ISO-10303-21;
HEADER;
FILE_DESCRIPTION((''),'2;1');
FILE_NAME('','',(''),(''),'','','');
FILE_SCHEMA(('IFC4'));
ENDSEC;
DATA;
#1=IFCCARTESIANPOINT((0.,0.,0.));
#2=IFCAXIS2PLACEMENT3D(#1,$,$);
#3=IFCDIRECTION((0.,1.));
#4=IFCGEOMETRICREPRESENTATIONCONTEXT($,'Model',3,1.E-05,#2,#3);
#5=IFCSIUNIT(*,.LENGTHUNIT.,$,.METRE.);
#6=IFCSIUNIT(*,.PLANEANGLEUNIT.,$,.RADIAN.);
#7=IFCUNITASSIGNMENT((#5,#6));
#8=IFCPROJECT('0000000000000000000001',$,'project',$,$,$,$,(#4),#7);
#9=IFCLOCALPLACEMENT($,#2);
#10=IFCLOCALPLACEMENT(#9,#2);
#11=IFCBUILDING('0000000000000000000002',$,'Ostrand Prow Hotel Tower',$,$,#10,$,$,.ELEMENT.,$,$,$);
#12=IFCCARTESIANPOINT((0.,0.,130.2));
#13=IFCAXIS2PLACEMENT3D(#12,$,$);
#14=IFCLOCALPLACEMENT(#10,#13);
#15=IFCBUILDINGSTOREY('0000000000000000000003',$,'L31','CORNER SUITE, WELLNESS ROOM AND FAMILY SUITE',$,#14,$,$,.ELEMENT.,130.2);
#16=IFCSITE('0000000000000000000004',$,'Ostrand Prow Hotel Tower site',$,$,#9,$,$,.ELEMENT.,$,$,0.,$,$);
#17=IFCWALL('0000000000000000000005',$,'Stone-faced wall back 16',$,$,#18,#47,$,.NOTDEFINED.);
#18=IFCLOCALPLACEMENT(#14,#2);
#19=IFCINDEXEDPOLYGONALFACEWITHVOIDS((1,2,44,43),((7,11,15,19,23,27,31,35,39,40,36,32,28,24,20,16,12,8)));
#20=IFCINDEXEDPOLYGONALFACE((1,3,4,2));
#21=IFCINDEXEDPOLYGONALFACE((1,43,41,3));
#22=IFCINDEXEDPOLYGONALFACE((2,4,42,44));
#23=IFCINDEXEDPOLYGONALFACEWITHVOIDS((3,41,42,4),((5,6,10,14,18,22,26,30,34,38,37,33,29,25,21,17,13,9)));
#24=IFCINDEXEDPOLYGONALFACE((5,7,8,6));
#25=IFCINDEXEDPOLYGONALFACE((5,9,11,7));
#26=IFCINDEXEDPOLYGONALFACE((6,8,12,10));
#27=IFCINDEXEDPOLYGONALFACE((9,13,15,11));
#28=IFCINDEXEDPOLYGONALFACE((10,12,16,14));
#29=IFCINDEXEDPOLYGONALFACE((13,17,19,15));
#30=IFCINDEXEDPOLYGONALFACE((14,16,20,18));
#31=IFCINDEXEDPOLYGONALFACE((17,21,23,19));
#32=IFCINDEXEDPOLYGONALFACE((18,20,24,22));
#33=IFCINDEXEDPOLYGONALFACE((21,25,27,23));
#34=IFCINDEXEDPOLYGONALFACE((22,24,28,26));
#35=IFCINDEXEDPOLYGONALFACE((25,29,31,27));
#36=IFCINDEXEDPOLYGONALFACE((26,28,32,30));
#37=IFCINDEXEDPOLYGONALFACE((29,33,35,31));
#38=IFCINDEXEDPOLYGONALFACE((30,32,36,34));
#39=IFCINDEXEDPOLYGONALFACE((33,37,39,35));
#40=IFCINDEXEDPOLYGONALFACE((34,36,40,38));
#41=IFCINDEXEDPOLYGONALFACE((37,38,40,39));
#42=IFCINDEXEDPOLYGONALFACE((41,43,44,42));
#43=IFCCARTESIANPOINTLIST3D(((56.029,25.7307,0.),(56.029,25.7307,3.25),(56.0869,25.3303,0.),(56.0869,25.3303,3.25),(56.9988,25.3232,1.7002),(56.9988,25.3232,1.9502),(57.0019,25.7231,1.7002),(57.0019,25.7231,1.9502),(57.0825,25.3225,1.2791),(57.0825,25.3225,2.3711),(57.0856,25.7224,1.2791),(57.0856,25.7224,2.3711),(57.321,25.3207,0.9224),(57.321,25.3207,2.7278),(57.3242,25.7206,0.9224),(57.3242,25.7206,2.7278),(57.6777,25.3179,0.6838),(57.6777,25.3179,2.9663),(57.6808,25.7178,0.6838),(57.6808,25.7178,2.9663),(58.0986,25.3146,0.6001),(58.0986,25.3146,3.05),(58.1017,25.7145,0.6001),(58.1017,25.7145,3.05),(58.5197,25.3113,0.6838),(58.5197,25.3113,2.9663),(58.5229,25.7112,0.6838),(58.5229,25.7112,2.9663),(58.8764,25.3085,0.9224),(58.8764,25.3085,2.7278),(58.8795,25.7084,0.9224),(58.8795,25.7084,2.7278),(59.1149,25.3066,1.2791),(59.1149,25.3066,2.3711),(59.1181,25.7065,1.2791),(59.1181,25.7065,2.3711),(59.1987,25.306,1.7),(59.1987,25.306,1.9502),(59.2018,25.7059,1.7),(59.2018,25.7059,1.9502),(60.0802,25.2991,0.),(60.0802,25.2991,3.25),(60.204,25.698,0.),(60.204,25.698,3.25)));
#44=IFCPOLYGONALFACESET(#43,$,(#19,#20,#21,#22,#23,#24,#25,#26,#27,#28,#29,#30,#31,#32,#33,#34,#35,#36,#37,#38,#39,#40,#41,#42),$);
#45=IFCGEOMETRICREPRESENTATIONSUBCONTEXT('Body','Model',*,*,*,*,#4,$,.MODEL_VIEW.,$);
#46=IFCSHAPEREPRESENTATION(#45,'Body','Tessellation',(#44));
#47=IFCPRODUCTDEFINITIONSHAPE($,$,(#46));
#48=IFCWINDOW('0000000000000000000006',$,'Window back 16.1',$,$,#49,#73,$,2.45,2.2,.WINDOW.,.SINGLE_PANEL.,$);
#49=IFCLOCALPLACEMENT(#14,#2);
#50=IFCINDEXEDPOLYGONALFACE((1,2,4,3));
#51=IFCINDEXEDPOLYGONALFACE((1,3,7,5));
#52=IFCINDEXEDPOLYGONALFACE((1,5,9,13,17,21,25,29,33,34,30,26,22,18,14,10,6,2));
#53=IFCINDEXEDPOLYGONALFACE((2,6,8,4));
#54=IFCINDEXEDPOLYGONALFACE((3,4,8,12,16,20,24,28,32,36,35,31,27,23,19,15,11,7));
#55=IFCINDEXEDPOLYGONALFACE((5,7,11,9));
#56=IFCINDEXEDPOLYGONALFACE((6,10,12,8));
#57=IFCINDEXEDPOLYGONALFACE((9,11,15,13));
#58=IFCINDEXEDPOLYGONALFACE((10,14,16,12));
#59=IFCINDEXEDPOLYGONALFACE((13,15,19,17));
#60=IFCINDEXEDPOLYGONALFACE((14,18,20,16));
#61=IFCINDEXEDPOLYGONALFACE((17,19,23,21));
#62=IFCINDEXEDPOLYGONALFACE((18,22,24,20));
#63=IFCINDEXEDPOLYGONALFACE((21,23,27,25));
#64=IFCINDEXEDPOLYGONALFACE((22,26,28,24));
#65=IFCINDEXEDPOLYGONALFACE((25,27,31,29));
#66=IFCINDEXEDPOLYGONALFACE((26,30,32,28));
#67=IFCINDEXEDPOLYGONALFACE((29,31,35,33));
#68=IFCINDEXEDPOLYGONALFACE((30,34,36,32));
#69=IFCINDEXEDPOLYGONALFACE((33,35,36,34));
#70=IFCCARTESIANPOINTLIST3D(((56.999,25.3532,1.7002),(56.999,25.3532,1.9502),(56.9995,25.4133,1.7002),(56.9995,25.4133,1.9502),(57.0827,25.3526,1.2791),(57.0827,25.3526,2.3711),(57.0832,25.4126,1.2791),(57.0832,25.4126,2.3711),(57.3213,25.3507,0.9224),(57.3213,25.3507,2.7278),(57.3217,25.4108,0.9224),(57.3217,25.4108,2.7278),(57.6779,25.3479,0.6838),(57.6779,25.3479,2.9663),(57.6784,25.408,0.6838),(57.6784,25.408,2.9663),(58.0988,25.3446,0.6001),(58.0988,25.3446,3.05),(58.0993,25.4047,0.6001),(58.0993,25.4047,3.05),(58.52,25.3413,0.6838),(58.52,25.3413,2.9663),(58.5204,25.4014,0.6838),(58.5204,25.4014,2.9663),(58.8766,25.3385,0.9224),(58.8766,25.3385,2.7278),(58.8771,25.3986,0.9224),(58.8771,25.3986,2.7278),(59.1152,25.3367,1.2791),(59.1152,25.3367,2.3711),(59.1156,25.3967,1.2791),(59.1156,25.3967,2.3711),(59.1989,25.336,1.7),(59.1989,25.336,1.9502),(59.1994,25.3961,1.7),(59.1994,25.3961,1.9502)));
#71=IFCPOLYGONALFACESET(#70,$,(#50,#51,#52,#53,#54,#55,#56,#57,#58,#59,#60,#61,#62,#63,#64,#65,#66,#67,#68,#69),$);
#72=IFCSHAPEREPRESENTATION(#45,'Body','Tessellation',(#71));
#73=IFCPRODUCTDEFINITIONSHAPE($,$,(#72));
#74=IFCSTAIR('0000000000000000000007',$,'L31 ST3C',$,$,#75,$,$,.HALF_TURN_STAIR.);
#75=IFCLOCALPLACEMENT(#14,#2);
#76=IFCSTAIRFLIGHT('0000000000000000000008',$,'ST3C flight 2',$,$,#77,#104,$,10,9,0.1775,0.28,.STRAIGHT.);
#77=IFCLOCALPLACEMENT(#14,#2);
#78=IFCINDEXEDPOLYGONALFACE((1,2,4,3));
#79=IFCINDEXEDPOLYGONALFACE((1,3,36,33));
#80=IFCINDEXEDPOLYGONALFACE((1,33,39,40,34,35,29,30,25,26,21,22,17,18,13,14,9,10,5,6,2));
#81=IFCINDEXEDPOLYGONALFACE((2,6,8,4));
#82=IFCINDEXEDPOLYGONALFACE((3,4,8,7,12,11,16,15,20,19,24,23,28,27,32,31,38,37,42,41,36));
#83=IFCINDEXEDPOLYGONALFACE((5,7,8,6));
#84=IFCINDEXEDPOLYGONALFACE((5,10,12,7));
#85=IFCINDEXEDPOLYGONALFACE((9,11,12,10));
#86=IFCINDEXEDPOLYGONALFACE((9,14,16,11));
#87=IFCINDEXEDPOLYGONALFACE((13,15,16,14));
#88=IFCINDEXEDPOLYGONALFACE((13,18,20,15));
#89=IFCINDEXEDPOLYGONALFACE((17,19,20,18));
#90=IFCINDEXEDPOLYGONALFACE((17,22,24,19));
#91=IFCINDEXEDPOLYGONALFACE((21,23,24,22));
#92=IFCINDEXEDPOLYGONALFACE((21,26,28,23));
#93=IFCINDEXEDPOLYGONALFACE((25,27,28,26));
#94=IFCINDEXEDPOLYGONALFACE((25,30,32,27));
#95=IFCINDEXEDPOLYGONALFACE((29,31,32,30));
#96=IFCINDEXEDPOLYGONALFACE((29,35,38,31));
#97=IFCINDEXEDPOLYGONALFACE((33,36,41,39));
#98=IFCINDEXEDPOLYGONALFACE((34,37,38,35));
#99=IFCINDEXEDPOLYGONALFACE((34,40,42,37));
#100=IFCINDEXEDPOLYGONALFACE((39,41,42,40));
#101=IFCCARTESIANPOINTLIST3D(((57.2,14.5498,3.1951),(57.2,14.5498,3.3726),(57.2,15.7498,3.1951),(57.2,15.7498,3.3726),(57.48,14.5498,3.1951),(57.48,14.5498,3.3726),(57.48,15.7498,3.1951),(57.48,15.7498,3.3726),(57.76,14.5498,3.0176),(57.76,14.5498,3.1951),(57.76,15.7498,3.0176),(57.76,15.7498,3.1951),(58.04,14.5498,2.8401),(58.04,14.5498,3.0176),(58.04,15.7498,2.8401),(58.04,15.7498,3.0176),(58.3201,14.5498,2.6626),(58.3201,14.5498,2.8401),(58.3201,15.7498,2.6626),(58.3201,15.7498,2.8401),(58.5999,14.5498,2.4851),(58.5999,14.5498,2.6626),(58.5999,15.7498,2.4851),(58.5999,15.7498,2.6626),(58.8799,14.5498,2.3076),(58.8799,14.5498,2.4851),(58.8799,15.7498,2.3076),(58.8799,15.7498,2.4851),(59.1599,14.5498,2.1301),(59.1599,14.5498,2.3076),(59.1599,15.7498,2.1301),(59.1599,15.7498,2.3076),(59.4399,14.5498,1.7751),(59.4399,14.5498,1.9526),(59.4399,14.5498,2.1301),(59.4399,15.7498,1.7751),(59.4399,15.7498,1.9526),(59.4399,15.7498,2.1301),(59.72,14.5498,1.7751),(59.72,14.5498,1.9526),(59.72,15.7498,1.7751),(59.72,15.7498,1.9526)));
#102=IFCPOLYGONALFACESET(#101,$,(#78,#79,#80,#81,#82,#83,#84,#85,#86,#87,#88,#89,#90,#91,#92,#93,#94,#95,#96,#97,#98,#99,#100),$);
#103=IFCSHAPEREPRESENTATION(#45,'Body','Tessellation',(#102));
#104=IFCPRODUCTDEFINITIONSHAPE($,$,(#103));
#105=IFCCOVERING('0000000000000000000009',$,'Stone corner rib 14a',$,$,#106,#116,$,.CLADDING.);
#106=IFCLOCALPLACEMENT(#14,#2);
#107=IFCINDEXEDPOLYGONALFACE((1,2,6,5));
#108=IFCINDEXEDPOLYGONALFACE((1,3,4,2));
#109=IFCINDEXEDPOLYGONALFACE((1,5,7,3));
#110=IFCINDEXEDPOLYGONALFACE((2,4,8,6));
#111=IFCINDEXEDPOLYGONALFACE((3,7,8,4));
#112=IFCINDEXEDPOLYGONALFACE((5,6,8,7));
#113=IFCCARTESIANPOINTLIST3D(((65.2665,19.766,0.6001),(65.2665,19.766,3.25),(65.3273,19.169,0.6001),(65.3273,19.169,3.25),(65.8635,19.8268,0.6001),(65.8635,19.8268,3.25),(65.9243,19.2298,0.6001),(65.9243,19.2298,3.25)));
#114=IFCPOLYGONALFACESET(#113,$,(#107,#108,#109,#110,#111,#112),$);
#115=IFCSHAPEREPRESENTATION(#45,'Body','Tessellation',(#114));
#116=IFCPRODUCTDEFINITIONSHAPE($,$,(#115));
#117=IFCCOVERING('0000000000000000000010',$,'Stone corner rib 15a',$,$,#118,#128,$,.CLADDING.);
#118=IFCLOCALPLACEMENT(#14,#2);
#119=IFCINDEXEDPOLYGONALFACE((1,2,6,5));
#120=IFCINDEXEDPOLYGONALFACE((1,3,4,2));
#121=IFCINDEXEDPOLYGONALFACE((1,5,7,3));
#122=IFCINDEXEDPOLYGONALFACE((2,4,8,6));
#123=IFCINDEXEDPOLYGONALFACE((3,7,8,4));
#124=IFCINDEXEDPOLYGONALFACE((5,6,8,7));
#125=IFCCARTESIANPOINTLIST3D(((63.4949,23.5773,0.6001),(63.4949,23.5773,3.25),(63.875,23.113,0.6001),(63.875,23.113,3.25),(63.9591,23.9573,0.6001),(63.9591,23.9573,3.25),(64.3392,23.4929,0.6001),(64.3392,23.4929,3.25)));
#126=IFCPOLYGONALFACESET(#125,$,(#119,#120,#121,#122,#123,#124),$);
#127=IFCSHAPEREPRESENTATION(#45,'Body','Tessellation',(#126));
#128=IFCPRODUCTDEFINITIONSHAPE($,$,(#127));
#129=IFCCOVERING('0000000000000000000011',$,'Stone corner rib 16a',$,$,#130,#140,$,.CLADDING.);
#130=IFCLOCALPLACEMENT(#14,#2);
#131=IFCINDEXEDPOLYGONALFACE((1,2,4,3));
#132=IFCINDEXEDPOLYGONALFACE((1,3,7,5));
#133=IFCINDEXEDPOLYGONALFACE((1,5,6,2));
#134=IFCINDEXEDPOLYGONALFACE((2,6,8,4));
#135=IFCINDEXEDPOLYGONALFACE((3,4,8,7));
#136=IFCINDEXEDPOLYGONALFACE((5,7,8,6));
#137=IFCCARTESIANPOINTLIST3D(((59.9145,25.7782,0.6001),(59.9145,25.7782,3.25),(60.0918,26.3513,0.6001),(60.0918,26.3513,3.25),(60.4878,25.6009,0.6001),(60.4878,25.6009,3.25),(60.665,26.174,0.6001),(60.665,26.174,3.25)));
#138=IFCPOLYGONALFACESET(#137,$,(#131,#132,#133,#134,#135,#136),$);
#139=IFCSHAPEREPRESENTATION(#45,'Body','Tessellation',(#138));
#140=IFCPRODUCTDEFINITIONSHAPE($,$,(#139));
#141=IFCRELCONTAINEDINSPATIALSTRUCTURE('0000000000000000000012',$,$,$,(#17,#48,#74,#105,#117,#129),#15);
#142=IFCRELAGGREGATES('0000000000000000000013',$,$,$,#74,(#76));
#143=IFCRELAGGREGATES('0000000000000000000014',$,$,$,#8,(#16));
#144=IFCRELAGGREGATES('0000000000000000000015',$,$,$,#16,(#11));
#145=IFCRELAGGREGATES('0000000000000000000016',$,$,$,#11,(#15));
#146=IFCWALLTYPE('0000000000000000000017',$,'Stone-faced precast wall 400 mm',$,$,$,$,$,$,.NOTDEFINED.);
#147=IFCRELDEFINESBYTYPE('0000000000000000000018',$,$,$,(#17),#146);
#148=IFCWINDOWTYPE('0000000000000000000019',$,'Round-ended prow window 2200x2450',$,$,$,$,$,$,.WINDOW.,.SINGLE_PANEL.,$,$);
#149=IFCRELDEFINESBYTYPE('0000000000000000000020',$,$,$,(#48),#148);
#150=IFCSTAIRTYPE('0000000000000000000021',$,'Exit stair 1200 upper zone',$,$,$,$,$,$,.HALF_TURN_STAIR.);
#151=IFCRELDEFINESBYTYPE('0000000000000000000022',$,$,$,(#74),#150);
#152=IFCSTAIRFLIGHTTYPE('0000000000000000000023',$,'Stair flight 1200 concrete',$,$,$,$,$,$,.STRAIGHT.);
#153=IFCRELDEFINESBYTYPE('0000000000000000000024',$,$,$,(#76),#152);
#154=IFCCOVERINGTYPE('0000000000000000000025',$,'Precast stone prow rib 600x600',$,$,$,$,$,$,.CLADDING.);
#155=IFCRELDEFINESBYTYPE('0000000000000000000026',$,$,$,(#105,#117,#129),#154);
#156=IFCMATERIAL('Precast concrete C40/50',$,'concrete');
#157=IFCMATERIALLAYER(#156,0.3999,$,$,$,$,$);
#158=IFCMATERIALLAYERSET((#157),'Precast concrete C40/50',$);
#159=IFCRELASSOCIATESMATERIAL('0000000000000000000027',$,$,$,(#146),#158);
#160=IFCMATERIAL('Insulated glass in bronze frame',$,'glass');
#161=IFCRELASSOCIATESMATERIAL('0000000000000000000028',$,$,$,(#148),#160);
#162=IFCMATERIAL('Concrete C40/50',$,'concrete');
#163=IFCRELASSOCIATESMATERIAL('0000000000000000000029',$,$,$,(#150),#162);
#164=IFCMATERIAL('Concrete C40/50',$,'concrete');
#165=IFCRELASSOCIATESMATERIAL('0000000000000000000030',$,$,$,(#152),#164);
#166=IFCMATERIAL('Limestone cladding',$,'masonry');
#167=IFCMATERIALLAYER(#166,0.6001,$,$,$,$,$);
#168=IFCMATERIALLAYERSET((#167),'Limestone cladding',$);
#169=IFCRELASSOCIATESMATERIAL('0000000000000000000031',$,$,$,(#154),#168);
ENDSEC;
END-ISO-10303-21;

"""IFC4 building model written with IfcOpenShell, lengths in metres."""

from ifc_helpers import new_model, si_unit, direction, frame, frame_2d, origin, place, context, subcontext, project, spatial, polyline, rectangle, outline, extrude, material, layer, layer_set, type_object, element, fill, aggregate, save


model = new_model("IFC4")

# Units and contexts
model_context = context("Model", 3, precision=1e-05, world=origin(), true_north=direction((0.0, 1.0)))
body_context = subcontext(model_context, "Body", "Model", "MODEL_VIEW")
ifc_project = project(units=[si_unit("LENGTHUNIT", "METRE"), si_unit("PLANEANGLEUNIT", "RADIAN")], contexts=[model_context])

# Site, building, storey
site_placement = place(None, origin())
site = spatial("IfcSite", under=ifc_project, at=site_placement, Name="Ostrand Prow Hotel Tower site", CompositionType="ELEMENT", RefElevation=0.0)
building_placement = place(site_placement, origin())
building = spatial("IfcBuilding", under=site, at=building_placement, Name="Ostrand Prow Hotel Tower", CompositionType="ELEMENT")
storey_placement = place(building_placement, frame((0.0, 0.0, 130.2)))
storey = spatial("IfcBuildingStorey", under=building, at=storey_placement, Name="L31", Description="CORNER SUITE, WELLNESS ROOM AND FAMILY SUITE", CompositionType="ELEMENT", Elevation=130.2)

# Shared definitions
ifc_material_1 = material(Name="Precast concrete C40/50", Category="concrete")
ifc_layer_1 = layer(ifc_material_1, 0.3999)
ifc_layer_set_1 = layer_set([ifc_layer_1], Name="Precast concrete C40/50")
wall_type_1 = type_object("IfcWallType", Name="Stone-faced precast wall 400 mm", PredefinedType="NOTDEFINED", material=ifc_layer_set_1)

# Wall, opening, window
ifc_material_2 = material(Name="Insulated glass in bronze frame", Category="glass")
window_type = type_object("IfcWindowType", Name="Round-ended prow window 2200x2450", PartitioningType="SINGLE_PANEL", PredefinedType="WINDOW", material=ifc_material_2)
wall_1_placement = place(storey_placement, frame((60.1421, 25.4985, 0.0), z_axis=(0.0, 0.0, 1.0), x_axis=(-0.999969, 0.007831, 0.0)))
wall_1 = element("IfcWall", 1, at=wall_1_placement, inside=storey, type_object=wall_type_1, Name="Stone-faced wall back 16", PredefinedType="NOTDEFINED", context=body_context, shape_type="SweptSolid", body=[
    extrude(outline(polyline([(-0.0603, -0.2), (4.1147, -0.2), (4.0537, 0.2), (0.0603, 0.2), (-0.0603, -0.2)])), origin(), (0.0, 0.0, 1.0), 3.25),
])
opening_1_placement = place(wall_1_placement, frame((0.9419, 0.0, 0.6001)))
opening_1 = element("IfcOpeningElement", 2, at=opening_1_placement, cuts=wall_1, PredefinedType="OPENING", context=body_context, shape_type="SweptSolid", body=[
    extrude(outline(polyline([(0.0, 1.3501), (0.0837, 1.771), (0.3223, 2.1277), (0.679, 2.3662), (1.1001, 2.45), (1.521, 2.3662), (1.8777, 2.1277), (2.1162, 1.771), (2.2, 1.3501), (2.2, 1.1001), (2.1162, 0.679), (1.8777, 0.3223), (1.521, 0.0837), (1.1001, 0.0), (0.679, 0.0837), (0.3223, 0.3223), (0.0837, 0.679), (0.0, 1.0999), (0.0, 1.3501)])), frame((0.0, 0.21, 0.0), z_axis=(0.0, -1.0, 0.0), x_axis=(1.0, 0.0, 0.0)), (0.0, 0.0, 1.0), 0.4199),
])
window_1_placement = place(opening_1_placement, origin())
window_1 = element("IfcWindow", 3, at=window_1_placement, inside=storey, type_object=window_type, Name="Window back 16.1", OverallHeight=2.45, OverallWidth=2.2, PartitioningType="SINGLE_PANEL", PredefinedType="WINDOW", context=body_context, shape_type="SweptSolid", body=[
    extrude(outline(polyline([(0.0, 1.3501), (0.0837, 1.771), (0.3223, 2.1277), (0.679, 2.3662), (1.1001, 2.45), (1.521, 2.3662), (1.8777, 2.1277), (2.1162, 1.771), (2.2, 1.3501), (2.2, 1.1001), (2.1162, 0.679), (1.8777, 0.3223), (1.521, 0.0837), (1.1001, 0.0), (0.679, 0.0837), (0.3223, 0.3223), (0.0837, 0.679), (0.0, 1.0999), (0.0, 1.3501)])), frame((0.0, 0.1699, 0.0), z_axis=(0.0, -1.0, 0.0), x_axis=(1.0, 0.0, 0.0)), (0.0, 0.0, 1.0), 0.0601),
])
fill(opening_1, window_1)

# Stair, stair flight
ifc_material_3 = material(Name="Concrete C40/50", Category="concrete")
stair_type = type_object("IfcStairType", Name="Exit stair 1200 upper zone", PredefinedType="HALF_TURN_STAIR", material=ifc_material_3)
stair_placement = place(storey_placement, origin())
stair = element("IfcStair", 4, at=stair_placement, inside=storey, type_object=stair_type, Name="L31 ST3C", PredefinedType="HALF_TURN_STAIR")
ifc_material_4 = material(Name="Concrete C40/50", Category="concrete")
stair_flight_type = type_object("IfcStairFlightType", Name="Stair flight 1200 concrete", PredefinedType="STRAIGHT", material=ifc_material_4)
stair_flight_placement = place(storey_placement, frame((59.72, 15.1499, 1.7751), z_axis=(0.0, 0.0, 1.0), x_axis=(-1.0, 0.0, 0.0)))
stair_flight = element("IfcStairFlight", 5, at=stair_flight_placement, type_object=stair_flight_type, Name="ST3C flight 2", NumberOfRisers=10, NumberOfTreads=9, PredefinedType="STRAIGHT", RiserHeight=0.1775, TreadLength=0.28, context=body_context, shape_type="SweptSolid", body=[
    extrude(outline(polyline([(0.0, 0.0), (0.0, 0.1775), (0.28, 0.1775), (0.28, 0.355), (0.5601, 0.355), (0.5601, 0.5325), (0.8401, 0.5325), (0.8401, 0.71), (1.1201, 0.71), (1.1201, 0.8875), (1.3999, 0.8875), (1.3999, 1.0649), (1.6799, 1.0649), (1.6799, 1.2424), (1.96, 1.2424), (1.96, 1.4199), (2.24, 1.4199), (2.24, 1.5974), (2.52, 1.5974), (2.52, 1.7749), (2.52, 1.4199), (0.28, 0.0), (0.0, 0.0)])), frame((0.0, 0.6001, 0.0), z_axis=(0.0, -1.0, 0.0), x_axis=(1.0, 0.0, 0.0)), (0.0, 0.0, 1.0), 1.2),
])
aggregate(stair, [stair_flight])

# Coverings
ifc_material_5 = material(Name="Limestone cladding", Category="masonry")
ifc_layer_2 = layer(ifc_material_5, 0.6001)
ifc_layer_set_2 = layer_set([ifc_layer_2], Name="Limestone cladding")
covering_type = type_object("IfcCoveringType", Name="Precast stone prow rib 600x600", PredefinedType="CLADDING", material=ifc_layer_set_2)
covering_placement = place(storey_placement, frame((65.2969, 19.4675, 0.6001), z_axis=(0.0, 0.0, 1.0), x_axis=(0.994854, 0.101316, 0.0)))
element("IfcCovering", 6, at=covering_placement, inside=storey, type_object=covering_type, Name="Stone corner rib 14a", PredefinedType="CLADDING", context=body_context, shape_type="SweptSolid", body=[
    extrude(rectangle(XDim=0.6001, YDim=0.6001, at=frame_2d((0.3, 0.0))), origin(), (0.0, 0.0, 1.0), 2.6499),
])
for number, where, z_axis, x_axis, name in (
    (7, (63.6851, 23.3452, 0.6001), (0.0, 0.0, 1.0), (0.77383, 0.633393, 0.0), "Stone corner rib 15a"),
    (8, (60.2012, 25.6897, 0.6001), (0.0, 0.0, 1.0), (0.295516, 0.955338, 0.0), "Stone corner rib 16a"),
):
    element("IfcCovering", number, at=place(storey_placement, frame(where, z_axis=z_axis, x_axis=x_axis)), inside=storey, type_object=covering_type, Name=name, PredefinedType="CLADDING", context=body_context, shape_type="SweptSolid", body=[
        extrude(rectangle(XDim=0.5999, YDim=0.6001, at=frame_2d((0.2998, 0.0))), origin(), (0.0, 0.0, 1.0), 2.6499),
    ])

save(model, "model.ifc")
